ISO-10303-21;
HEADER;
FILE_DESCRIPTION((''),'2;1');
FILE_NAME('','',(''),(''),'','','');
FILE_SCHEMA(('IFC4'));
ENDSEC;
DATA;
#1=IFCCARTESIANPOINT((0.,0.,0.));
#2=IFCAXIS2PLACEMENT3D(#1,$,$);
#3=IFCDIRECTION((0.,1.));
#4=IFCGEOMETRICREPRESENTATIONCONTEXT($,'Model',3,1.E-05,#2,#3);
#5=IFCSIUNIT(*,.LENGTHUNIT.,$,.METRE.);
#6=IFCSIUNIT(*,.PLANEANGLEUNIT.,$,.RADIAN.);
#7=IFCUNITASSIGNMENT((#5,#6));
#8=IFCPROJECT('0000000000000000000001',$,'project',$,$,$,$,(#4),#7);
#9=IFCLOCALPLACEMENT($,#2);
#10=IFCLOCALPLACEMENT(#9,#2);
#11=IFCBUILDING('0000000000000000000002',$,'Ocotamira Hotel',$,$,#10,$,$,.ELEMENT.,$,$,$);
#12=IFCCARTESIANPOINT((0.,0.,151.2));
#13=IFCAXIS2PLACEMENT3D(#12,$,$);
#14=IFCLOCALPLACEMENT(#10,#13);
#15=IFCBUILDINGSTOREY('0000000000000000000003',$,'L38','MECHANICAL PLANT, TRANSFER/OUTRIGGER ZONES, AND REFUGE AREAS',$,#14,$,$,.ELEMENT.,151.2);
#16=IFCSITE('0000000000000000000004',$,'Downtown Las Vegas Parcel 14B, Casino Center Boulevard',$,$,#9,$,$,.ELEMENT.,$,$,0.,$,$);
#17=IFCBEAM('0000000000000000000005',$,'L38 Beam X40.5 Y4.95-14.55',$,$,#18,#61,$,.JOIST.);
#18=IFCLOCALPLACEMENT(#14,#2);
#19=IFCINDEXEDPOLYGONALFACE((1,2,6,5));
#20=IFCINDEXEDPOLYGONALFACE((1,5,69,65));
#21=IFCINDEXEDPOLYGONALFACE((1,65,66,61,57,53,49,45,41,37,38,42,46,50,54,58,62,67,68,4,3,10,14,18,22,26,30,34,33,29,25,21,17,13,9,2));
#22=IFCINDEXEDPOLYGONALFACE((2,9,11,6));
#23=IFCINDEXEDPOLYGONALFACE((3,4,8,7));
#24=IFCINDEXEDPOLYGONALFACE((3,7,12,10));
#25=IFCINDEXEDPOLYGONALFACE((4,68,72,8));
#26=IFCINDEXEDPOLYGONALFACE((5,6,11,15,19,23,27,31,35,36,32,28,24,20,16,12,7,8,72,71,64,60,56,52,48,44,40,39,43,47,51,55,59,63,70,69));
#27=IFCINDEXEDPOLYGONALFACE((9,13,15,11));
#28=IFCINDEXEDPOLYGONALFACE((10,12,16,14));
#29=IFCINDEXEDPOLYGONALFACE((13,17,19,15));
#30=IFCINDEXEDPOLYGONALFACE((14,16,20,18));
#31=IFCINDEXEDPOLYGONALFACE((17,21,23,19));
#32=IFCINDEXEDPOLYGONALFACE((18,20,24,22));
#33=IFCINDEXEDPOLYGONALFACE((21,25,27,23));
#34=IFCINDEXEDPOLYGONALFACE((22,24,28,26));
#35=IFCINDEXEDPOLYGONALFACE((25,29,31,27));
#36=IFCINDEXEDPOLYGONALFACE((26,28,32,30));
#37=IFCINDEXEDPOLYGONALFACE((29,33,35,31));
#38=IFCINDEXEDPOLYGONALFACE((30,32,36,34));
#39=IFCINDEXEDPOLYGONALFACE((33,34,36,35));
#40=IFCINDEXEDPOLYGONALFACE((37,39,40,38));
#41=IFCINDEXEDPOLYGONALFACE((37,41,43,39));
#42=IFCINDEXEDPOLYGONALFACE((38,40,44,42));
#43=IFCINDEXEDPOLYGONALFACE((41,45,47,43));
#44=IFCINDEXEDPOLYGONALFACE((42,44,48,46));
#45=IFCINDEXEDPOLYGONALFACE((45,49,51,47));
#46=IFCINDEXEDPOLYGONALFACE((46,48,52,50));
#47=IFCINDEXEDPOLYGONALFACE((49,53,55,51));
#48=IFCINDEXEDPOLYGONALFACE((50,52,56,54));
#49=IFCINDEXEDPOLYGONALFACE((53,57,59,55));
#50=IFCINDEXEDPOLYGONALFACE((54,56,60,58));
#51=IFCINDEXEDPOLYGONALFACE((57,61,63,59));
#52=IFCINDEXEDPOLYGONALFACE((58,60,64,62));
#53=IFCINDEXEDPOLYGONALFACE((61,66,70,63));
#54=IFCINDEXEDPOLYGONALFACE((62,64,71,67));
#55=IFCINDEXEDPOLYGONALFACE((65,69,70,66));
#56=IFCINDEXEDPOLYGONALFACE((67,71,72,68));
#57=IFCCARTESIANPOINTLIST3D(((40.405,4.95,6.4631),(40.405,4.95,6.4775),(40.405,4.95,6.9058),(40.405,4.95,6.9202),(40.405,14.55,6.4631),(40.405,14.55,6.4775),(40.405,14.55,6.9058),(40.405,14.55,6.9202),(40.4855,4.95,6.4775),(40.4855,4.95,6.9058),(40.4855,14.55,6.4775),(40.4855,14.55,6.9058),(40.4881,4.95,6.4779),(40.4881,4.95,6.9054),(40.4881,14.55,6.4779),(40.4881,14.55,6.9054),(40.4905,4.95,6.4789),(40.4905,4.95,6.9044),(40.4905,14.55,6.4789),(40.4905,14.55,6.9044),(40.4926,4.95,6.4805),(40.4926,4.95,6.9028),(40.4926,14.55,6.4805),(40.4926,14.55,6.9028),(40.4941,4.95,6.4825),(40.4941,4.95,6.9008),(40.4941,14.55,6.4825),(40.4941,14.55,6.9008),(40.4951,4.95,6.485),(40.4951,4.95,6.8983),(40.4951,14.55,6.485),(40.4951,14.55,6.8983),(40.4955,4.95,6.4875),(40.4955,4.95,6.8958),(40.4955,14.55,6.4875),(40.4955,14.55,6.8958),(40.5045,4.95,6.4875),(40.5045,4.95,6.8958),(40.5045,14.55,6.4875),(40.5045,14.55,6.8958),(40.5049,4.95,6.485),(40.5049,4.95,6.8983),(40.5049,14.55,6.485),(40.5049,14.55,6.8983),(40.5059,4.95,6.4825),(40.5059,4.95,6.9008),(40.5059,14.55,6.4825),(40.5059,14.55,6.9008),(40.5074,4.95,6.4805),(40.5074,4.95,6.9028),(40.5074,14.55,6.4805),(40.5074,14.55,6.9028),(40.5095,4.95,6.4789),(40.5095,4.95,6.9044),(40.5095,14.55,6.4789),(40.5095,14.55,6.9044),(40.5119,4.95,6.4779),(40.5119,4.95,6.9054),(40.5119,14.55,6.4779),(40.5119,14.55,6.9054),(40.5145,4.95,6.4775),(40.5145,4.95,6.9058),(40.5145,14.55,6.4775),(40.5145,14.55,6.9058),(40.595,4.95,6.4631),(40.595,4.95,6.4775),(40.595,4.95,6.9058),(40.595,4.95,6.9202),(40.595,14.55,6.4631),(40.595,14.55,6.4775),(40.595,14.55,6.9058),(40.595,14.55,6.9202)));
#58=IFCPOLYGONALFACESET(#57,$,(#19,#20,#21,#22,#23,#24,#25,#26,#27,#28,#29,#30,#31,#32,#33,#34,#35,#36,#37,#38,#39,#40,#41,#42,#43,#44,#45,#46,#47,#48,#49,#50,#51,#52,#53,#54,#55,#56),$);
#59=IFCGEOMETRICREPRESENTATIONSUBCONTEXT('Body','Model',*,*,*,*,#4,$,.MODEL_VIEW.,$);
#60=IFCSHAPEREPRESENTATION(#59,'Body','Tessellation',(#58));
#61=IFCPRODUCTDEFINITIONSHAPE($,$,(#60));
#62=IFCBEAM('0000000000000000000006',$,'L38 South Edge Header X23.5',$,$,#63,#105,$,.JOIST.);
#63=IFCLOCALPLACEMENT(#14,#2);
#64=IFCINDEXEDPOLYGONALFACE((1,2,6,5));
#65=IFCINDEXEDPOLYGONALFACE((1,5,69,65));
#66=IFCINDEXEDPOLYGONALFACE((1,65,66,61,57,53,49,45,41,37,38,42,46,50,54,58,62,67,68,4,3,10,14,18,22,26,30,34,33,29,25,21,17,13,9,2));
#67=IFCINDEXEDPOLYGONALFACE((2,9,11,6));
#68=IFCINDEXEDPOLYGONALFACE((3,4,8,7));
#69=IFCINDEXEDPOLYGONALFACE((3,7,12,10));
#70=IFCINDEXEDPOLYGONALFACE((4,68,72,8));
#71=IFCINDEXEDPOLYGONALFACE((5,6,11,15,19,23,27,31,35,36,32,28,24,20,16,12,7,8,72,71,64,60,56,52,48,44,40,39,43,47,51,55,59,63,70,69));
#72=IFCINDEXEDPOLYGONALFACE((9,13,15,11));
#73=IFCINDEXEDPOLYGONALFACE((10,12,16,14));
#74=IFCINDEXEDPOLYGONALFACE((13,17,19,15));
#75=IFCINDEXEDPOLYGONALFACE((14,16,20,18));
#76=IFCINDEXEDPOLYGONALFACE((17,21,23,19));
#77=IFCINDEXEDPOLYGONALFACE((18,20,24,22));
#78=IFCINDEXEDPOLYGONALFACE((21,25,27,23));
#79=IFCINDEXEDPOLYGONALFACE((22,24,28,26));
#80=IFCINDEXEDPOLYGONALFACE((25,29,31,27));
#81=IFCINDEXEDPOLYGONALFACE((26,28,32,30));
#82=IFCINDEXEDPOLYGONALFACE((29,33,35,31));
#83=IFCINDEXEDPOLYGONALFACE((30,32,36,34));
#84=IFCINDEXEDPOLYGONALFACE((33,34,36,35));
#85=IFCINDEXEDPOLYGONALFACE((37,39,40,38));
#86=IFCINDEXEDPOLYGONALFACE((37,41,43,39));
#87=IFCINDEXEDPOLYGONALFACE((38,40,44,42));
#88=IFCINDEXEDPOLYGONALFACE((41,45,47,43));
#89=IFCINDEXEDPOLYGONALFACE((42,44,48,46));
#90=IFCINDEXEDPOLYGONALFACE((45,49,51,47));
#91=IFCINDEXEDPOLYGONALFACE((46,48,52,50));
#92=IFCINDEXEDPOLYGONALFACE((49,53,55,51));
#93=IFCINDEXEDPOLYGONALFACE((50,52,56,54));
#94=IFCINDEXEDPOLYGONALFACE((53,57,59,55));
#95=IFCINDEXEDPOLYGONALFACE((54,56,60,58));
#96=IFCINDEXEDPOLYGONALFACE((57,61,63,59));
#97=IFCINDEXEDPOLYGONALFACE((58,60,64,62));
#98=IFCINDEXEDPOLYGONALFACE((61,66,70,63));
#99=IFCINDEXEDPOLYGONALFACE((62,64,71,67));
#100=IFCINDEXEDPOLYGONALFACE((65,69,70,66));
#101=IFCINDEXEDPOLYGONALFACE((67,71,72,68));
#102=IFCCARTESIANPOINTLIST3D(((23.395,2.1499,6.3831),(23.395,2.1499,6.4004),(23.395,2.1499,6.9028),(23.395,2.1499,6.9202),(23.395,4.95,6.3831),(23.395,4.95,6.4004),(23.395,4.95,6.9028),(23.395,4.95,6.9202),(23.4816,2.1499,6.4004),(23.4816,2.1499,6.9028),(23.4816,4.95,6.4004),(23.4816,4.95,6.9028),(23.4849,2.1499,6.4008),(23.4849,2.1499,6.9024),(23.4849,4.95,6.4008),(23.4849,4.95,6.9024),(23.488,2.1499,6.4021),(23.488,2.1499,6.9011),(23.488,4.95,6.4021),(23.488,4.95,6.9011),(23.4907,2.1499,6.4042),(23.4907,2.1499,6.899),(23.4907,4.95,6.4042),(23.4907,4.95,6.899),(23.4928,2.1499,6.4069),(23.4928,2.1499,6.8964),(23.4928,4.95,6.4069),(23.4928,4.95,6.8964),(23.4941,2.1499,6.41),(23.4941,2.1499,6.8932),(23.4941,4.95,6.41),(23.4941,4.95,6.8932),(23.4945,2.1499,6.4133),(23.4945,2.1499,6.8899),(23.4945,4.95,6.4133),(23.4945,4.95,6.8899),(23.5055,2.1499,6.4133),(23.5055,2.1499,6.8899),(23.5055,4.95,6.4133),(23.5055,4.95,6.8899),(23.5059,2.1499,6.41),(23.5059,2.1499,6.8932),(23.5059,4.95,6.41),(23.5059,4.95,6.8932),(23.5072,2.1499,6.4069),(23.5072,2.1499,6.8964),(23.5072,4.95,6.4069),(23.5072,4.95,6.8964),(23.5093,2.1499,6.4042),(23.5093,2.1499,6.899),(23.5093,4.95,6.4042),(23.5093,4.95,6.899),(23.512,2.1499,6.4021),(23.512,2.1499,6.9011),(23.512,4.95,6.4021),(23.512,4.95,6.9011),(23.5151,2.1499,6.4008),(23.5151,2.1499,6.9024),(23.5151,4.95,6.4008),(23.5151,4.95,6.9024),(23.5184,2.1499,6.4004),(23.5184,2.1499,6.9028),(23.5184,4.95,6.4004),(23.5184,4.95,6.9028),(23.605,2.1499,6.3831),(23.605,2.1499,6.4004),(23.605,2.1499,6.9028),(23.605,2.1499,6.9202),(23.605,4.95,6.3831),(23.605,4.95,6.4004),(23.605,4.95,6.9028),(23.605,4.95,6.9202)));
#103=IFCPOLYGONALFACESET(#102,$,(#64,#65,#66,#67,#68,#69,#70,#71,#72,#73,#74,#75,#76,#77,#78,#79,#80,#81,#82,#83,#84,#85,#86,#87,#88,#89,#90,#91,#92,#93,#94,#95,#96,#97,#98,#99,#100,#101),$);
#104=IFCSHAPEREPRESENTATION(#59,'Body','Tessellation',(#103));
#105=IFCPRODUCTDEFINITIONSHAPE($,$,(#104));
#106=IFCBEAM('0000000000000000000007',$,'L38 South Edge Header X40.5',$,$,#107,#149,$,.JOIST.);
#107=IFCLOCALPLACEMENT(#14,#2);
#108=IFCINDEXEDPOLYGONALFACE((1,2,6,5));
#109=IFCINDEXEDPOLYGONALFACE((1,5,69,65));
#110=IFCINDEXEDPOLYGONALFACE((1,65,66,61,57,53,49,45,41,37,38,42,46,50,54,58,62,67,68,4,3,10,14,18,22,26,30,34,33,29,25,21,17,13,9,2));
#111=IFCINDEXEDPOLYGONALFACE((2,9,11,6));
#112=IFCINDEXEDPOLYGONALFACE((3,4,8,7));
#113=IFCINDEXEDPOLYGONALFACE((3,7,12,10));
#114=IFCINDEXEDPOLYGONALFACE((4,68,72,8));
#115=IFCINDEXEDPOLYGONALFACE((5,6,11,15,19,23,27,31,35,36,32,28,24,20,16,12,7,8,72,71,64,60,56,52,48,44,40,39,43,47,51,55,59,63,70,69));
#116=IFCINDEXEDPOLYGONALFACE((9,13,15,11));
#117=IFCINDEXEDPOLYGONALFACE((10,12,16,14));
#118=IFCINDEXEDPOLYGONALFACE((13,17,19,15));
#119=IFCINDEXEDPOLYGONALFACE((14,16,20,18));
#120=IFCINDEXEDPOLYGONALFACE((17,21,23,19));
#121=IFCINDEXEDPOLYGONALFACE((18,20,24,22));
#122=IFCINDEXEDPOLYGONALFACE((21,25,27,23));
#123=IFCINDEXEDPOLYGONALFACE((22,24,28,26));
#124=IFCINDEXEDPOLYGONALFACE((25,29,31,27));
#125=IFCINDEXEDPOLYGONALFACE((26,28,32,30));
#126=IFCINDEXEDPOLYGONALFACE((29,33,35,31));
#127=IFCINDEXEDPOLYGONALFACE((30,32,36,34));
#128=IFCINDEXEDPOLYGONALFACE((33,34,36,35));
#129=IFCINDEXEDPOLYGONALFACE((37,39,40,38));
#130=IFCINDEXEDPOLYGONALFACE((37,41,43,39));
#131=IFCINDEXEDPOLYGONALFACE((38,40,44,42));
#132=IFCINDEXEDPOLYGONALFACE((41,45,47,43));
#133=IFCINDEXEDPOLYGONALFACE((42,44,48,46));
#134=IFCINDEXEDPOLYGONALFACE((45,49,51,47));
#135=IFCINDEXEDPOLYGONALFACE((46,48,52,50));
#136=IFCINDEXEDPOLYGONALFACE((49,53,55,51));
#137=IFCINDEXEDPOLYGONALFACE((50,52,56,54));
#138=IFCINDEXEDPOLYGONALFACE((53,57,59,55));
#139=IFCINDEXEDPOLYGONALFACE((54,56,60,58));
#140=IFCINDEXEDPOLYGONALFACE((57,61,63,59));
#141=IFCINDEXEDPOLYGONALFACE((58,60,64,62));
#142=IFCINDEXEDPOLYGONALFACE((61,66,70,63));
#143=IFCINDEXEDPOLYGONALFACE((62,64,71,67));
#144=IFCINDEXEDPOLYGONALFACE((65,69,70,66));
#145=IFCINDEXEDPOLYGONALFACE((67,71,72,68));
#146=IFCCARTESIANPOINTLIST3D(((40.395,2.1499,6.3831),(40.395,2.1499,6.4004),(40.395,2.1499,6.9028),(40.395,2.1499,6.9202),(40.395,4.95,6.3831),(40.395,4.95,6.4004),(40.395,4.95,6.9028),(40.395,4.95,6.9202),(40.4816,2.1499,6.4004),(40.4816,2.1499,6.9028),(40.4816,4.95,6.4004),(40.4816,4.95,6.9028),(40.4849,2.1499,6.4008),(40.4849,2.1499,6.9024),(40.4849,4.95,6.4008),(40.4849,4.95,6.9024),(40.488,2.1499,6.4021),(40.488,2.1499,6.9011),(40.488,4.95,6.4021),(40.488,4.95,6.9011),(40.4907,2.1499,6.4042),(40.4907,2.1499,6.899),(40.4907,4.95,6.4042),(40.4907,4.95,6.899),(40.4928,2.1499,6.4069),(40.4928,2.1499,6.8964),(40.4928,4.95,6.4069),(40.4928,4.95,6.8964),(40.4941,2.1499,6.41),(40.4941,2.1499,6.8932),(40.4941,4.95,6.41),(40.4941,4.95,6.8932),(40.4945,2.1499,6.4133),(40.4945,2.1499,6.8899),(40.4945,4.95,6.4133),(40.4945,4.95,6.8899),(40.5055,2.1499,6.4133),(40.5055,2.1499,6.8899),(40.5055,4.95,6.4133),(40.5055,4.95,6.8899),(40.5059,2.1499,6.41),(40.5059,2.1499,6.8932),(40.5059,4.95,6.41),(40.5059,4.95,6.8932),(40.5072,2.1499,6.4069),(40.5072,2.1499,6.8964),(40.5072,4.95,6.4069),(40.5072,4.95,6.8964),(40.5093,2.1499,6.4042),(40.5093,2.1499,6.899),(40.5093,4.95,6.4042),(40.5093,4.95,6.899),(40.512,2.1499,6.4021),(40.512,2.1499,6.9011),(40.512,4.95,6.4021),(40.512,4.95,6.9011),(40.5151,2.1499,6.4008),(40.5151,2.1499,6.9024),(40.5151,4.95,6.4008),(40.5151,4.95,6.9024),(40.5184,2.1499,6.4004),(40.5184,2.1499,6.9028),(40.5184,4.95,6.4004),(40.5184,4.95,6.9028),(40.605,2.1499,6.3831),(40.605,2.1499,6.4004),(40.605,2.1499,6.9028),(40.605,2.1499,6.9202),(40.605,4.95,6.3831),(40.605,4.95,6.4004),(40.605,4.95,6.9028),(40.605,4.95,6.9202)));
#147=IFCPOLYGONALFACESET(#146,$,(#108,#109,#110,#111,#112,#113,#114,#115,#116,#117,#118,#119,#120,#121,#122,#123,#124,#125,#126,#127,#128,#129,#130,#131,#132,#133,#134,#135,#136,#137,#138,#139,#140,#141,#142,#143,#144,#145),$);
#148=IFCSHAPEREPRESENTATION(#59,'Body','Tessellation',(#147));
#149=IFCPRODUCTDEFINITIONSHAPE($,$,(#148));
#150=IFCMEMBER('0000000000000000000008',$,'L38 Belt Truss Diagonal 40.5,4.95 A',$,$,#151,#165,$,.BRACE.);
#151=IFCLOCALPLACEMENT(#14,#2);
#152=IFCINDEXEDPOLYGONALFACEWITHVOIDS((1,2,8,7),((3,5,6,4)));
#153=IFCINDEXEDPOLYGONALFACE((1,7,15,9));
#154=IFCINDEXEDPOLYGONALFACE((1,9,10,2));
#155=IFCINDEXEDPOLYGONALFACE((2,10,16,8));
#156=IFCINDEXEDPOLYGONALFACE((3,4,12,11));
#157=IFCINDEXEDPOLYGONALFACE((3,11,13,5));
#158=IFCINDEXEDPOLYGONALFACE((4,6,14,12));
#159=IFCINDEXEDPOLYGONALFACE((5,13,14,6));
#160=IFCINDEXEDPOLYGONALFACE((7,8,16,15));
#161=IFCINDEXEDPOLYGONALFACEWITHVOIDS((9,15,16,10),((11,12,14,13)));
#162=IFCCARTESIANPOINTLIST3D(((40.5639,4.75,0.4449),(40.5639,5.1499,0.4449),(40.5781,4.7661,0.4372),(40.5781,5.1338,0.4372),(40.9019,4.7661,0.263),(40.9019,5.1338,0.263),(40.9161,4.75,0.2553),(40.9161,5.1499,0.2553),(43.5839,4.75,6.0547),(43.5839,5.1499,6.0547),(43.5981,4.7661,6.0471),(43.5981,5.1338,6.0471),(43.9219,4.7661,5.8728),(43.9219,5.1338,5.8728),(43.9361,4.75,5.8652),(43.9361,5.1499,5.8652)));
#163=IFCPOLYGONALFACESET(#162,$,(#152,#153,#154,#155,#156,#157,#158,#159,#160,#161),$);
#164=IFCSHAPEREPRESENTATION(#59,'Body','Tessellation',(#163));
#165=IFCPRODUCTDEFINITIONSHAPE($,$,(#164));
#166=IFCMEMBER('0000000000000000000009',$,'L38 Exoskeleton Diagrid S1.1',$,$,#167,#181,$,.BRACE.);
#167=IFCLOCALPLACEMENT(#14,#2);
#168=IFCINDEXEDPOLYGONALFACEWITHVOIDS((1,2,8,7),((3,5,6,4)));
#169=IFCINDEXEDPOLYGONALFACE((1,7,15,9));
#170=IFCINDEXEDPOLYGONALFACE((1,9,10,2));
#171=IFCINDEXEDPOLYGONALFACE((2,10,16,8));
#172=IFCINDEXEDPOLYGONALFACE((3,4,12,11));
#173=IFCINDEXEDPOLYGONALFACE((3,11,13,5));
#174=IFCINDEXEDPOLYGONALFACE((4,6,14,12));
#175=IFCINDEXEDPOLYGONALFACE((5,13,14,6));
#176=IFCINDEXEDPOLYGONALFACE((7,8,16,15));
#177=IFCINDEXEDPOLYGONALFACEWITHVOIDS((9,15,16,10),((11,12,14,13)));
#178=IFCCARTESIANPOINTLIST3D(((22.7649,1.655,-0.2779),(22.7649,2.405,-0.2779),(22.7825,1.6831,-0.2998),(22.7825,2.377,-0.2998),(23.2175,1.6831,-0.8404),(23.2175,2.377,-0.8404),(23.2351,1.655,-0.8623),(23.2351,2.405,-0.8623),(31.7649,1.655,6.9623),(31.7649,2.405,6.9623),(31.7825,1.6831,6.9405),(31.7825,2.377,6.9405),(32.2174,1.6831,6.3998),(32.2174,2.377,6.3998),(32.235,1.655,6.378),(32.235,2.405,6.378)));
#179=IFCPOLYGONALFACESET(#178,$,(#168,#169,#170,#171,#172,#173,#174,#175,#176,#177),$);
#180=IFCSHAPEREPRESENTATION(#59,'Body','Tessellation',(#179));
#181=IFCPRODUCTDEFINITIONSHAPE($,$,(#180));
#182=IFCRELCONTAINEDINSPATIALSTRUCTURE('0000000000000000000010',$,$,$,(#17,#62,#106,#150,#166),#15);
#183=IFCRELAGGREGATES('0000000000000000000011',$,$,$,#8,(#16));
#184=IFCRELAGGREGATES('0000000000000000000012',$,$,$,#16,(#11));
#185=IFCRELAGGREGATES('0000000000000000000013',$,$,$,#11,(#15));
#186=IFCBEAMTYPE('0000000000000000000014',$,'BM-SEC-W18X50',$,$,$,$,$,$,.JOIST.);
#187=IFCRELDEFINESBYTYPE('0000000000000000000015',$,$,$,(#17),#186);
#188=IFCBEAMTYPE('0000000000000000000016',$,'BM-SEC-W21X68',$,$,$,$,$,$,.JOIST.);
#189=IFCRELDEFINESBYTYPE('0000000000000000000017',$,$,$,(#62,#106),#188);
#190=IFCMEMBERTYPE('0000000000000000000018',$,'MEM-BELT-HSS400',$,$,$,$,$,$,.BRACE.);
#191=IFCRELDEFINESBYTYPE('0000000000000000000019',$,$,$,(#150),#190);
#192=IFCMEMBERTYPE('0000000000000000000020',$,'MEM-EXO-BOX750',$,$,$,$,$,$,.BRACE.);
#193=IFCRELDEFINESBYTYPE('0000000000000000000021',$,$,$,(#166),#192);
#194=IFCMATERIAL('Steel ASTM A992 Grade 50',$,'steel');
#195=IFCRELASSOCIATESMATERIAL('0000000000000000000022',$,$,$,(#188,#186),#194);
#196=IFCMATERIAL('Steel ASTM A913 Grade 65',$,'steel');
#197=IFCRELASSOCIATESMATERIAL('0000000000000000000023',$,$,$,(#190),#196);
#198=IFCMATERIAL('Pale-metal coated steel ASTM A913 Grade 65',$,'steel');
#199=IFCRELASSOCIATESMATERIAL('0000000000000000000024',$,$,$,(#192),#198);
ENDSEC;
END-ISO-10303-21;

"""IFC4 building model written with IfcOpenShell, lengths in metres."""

from ifc_helpers import new_model, si_unit, direction, frame, origin, origin_2d, place, context, subcontext, project, spatial, hollow_rectangle, i_section, extrude, source, transform, mapped, material, material_profile, profile_set, type_object, element, save


model = new_model("IFC4")

# Units and contexts
model_context = context("Model", 3, precision=1e-05, world=origin(), true_north=direction((0.0, 1.0)))
body_context = subcontext(model_context, "Body", "Model", "MODEL_VIEW")
ifc_project = project(units=[si_unit("LENGTHUNIT", "METRE"), si_unit("PLANEANGLEUNIT", "RADIAN")], contexts=[model_context])

# Site, building, storey
site_placement = place(None, origin())
site = spatial("IfcSite", under=ifc_project, at=site_placement, Name="Downtown Las Vegas Parcel 14B, Casino Center Boulevard", CompositionType="ELEMENT", RefElevation=0.0)
building_placement = place(site_placement, origin())
building = spatial("IfcBuilding", under=site, at=building_placement, Name="Ocotamira Hotel", CompositionType="ELEMENT")
storey_placement = place(building_placement, frame((0.0, 0.0, 151.2)))
storey = spatial("IfcBuildingStorey", under=building, at=storey_placement, Name="L38", Description="MECHANICAL PLANT, TRANSFER/OUTRIGGER ZONES, AND REFUGE AREAS", CompositionType="ELEMENT", Elevation=151.2)

# Shared definitions
ifc_material_1 = material(Name="Steel ASTM A913 Grade 65", Category="steel")

# Beams
ifc_material_2 = material(Name="Steel ASTM A992 Grade 50", Category="steel")
ifc_material_profile_1 = material_profile(ifc_material_2, i_section(OverallWidth=0.21, OverallDepth=0.5371, WebThickness=0.011, FlangeThickness=0.0173, FilletRadius=0.0129, at=origin_2d()), Name="W21X68")
ifc_profile_set_1 = profile_set([ifc_material_profile_1], Name="Steel ASTM A992 Grade 50")
beam_type_1 = type_object("IfcBeamType", Name="BM-SEC-W21X68", PredefinedType="JOIST", material=ifc_profile_set_1)
ifc_material_profile_2 = material_profile(ifc_material_2, i_section(OverallWidth=0.1899, OverallDepth=0.457, WebThickness=0.009, FlangeThickness=0.0144, FilletRadius=0.01, at=origin_2d()), Name="W18X50")
ifc_profile_set_2 = profile_set([ifc_material_profile_2], Name="Steel ASTM A992 Grade 50")
beam_type_2 = type_object("IfcBeamType", Name="BM-SEC-W18X50", PredefinedType="JOIST", material=ifc_profile_set_2)
shared_shape_1 = source(origin(), body_context, "Body", "SweptSolid", [
    extrude(i_section(OverallWidth=0.1899, OverallDepth=0.457, WebThickness=0.009, FlangeThickness=0.0144, FilletRadius=0.01, at=origin_2d()), origin(), (0.0, 0.0, 1.0), 9.6001),
])
for number, where, z_axis, x_axis, name in (
    (1, (40.5, 4.95, 6.6917), (0.0, 1.0, 0.0), (-1.0, 0.0, 0.0), "L38 Beam X40.5 Y4.95-14.55"),
):
    element("IfcBeam", number, at=place(storey_placement, frame(where, z_axis=z_axis, x_axis=x_axis)), inside=storey, type_object=beam_type_2, Name=name, PredefinedType="JOIST", context=body_context, shape_type="MappedRepresentation", body=[
        mapped(shared_shape_1, transform((0.0, 0.0, 0.0), scale=1.0)),
    ])
shared_shape_2 = source(origin(), body_context, "Body", "SweptSolid", [
    extrude(i_section(OverallWidth=0.21, OverallDepth=0.5371, WebThickness=0.011, FlangeThickness=0.0173, FilletRadius=0.0129, at=origin_2d()), origin(), (0.0, 0.0, 1.0), 2.8),
])
for number, where, z_axis, x_axis, name in (
    (2, (23.5, 4.95, 6.6516), (0.0, -1.0, 0.0), (1.0, 0.0, 0.0), "L38 South Edge Header X23.5"),
    (3, (40.5, 4.95, 6.6516), (0.0, -1.0, 0.0), (1.0, 0.0, 0.0), "L38 South Edge Header X40.5"),
):
    element("IfcBeam", number, at=place(storey_placement, frame(where, z_axis=z_axis, x_axis=x_axis)), inside=storey, type_object=beam_type_1, Name=name, PredefinedType="JOIST", context=body_context, shape_type="MappedRepresentation", body=[
        mapped(shared_shape_2, transform((0.0, 0.0, 0.0), scale=1.0)),
    ])

# Members
ifc_material_profile_3 = material_profile(ifc_material_1, hollow_rectangle(XDim=0.3999, YDim=0.3999, WallThickness=0.0161, at=origin_2d()), Name="HSS400X400X16")
ifc_profile_set_3 = profile_set([ifc_material_profile_3], Name="Steel ASTM A913 Grade 65")
member_type_1 = type_object("IfcMemberType", Name="MEM-BELT-HSS400", PredefinedType="BRACE", material=ifc_profile_set_3)
shared_shape_3 = source(origin(), body_context, "Body", "SweptSolid", [
    extrude(hollow_rectangle(XDim=0.3999, YDim=0.3999, WallThickness=0.0161, at=origin_2d()), origin(), (0.0, 0.0, 1.0), 6.3711),
])
member_placement = place(storey_placement, frame((40.74, 4.95, 0.3501), z_axis=(0.474018, 0.0, 0.880515), x_axis=(0.0, 1.0, 0.0)))
element("IfcMember", 4, at=member_placement, inside=storey, type_object=member_type_1, Name="L38 Belt Truss Diagonal 40.5,4.95 A", PredefinedType="BRACE", context=body_context, shape_type="MappedRepresentation", body=[
    mapped(shared_shape_3, transform((0.0, 0.0, 0.0), scale=1.0)),
])
ifc_material_3 = material(Name="Pale-metal coated steel ASTM A913 Grade 65", Category="steel")
ifc_material_profile_4 = material_profile(ifc_material_3, hollow_rectangle(XDim=0.75, YDim=0.75, WallThickness=0.0281, at=origin_2d()), Name="BOX750X750X28")
ifc_profile_set_4 = profile_set([ifc_material_profile_4], Name="Pale-metal coated steel ASTM A913 Grade 65")
member_type_2 = type_object("IfcMemberType", Name="MEM-EXO-BOX750", PredefinedType="BRACE", material=ifc_profile_set_4)
shared_shape_4 = source(origin(), body_context, "Body", "SweptSolid", [
    extrude(hollow_rectangle(XDim=0.75, YDim=0.75, WallThickness=0.0281, at=origin_2d()), origin(), (0.0, 0.0, 1.0), 11.5508),
])
for number, where, z_axis, x_axis, name in (
    (5, (23.0, 2.03, -0.5701), (0.779167, 0.0, 0.626817), (0.0, 1.0, 0.0), "L38 Exoskeleton Diagrid S1.1"),
):
    element("IfcMember", number, at=place(storey_placement, frame(where, z_axis=z_axis, x_axis=x_axis)), inside=storey, type_object=member_type_2, Name=name, PredefinedType="BRACE", context=body_context, shape_type="MappedRepresentation", body=[
        mapped(shared_shape_4, transform((0.0, 0.0, 0.0), scale=1.0)),
    ])

save(model, "model.ifc")
